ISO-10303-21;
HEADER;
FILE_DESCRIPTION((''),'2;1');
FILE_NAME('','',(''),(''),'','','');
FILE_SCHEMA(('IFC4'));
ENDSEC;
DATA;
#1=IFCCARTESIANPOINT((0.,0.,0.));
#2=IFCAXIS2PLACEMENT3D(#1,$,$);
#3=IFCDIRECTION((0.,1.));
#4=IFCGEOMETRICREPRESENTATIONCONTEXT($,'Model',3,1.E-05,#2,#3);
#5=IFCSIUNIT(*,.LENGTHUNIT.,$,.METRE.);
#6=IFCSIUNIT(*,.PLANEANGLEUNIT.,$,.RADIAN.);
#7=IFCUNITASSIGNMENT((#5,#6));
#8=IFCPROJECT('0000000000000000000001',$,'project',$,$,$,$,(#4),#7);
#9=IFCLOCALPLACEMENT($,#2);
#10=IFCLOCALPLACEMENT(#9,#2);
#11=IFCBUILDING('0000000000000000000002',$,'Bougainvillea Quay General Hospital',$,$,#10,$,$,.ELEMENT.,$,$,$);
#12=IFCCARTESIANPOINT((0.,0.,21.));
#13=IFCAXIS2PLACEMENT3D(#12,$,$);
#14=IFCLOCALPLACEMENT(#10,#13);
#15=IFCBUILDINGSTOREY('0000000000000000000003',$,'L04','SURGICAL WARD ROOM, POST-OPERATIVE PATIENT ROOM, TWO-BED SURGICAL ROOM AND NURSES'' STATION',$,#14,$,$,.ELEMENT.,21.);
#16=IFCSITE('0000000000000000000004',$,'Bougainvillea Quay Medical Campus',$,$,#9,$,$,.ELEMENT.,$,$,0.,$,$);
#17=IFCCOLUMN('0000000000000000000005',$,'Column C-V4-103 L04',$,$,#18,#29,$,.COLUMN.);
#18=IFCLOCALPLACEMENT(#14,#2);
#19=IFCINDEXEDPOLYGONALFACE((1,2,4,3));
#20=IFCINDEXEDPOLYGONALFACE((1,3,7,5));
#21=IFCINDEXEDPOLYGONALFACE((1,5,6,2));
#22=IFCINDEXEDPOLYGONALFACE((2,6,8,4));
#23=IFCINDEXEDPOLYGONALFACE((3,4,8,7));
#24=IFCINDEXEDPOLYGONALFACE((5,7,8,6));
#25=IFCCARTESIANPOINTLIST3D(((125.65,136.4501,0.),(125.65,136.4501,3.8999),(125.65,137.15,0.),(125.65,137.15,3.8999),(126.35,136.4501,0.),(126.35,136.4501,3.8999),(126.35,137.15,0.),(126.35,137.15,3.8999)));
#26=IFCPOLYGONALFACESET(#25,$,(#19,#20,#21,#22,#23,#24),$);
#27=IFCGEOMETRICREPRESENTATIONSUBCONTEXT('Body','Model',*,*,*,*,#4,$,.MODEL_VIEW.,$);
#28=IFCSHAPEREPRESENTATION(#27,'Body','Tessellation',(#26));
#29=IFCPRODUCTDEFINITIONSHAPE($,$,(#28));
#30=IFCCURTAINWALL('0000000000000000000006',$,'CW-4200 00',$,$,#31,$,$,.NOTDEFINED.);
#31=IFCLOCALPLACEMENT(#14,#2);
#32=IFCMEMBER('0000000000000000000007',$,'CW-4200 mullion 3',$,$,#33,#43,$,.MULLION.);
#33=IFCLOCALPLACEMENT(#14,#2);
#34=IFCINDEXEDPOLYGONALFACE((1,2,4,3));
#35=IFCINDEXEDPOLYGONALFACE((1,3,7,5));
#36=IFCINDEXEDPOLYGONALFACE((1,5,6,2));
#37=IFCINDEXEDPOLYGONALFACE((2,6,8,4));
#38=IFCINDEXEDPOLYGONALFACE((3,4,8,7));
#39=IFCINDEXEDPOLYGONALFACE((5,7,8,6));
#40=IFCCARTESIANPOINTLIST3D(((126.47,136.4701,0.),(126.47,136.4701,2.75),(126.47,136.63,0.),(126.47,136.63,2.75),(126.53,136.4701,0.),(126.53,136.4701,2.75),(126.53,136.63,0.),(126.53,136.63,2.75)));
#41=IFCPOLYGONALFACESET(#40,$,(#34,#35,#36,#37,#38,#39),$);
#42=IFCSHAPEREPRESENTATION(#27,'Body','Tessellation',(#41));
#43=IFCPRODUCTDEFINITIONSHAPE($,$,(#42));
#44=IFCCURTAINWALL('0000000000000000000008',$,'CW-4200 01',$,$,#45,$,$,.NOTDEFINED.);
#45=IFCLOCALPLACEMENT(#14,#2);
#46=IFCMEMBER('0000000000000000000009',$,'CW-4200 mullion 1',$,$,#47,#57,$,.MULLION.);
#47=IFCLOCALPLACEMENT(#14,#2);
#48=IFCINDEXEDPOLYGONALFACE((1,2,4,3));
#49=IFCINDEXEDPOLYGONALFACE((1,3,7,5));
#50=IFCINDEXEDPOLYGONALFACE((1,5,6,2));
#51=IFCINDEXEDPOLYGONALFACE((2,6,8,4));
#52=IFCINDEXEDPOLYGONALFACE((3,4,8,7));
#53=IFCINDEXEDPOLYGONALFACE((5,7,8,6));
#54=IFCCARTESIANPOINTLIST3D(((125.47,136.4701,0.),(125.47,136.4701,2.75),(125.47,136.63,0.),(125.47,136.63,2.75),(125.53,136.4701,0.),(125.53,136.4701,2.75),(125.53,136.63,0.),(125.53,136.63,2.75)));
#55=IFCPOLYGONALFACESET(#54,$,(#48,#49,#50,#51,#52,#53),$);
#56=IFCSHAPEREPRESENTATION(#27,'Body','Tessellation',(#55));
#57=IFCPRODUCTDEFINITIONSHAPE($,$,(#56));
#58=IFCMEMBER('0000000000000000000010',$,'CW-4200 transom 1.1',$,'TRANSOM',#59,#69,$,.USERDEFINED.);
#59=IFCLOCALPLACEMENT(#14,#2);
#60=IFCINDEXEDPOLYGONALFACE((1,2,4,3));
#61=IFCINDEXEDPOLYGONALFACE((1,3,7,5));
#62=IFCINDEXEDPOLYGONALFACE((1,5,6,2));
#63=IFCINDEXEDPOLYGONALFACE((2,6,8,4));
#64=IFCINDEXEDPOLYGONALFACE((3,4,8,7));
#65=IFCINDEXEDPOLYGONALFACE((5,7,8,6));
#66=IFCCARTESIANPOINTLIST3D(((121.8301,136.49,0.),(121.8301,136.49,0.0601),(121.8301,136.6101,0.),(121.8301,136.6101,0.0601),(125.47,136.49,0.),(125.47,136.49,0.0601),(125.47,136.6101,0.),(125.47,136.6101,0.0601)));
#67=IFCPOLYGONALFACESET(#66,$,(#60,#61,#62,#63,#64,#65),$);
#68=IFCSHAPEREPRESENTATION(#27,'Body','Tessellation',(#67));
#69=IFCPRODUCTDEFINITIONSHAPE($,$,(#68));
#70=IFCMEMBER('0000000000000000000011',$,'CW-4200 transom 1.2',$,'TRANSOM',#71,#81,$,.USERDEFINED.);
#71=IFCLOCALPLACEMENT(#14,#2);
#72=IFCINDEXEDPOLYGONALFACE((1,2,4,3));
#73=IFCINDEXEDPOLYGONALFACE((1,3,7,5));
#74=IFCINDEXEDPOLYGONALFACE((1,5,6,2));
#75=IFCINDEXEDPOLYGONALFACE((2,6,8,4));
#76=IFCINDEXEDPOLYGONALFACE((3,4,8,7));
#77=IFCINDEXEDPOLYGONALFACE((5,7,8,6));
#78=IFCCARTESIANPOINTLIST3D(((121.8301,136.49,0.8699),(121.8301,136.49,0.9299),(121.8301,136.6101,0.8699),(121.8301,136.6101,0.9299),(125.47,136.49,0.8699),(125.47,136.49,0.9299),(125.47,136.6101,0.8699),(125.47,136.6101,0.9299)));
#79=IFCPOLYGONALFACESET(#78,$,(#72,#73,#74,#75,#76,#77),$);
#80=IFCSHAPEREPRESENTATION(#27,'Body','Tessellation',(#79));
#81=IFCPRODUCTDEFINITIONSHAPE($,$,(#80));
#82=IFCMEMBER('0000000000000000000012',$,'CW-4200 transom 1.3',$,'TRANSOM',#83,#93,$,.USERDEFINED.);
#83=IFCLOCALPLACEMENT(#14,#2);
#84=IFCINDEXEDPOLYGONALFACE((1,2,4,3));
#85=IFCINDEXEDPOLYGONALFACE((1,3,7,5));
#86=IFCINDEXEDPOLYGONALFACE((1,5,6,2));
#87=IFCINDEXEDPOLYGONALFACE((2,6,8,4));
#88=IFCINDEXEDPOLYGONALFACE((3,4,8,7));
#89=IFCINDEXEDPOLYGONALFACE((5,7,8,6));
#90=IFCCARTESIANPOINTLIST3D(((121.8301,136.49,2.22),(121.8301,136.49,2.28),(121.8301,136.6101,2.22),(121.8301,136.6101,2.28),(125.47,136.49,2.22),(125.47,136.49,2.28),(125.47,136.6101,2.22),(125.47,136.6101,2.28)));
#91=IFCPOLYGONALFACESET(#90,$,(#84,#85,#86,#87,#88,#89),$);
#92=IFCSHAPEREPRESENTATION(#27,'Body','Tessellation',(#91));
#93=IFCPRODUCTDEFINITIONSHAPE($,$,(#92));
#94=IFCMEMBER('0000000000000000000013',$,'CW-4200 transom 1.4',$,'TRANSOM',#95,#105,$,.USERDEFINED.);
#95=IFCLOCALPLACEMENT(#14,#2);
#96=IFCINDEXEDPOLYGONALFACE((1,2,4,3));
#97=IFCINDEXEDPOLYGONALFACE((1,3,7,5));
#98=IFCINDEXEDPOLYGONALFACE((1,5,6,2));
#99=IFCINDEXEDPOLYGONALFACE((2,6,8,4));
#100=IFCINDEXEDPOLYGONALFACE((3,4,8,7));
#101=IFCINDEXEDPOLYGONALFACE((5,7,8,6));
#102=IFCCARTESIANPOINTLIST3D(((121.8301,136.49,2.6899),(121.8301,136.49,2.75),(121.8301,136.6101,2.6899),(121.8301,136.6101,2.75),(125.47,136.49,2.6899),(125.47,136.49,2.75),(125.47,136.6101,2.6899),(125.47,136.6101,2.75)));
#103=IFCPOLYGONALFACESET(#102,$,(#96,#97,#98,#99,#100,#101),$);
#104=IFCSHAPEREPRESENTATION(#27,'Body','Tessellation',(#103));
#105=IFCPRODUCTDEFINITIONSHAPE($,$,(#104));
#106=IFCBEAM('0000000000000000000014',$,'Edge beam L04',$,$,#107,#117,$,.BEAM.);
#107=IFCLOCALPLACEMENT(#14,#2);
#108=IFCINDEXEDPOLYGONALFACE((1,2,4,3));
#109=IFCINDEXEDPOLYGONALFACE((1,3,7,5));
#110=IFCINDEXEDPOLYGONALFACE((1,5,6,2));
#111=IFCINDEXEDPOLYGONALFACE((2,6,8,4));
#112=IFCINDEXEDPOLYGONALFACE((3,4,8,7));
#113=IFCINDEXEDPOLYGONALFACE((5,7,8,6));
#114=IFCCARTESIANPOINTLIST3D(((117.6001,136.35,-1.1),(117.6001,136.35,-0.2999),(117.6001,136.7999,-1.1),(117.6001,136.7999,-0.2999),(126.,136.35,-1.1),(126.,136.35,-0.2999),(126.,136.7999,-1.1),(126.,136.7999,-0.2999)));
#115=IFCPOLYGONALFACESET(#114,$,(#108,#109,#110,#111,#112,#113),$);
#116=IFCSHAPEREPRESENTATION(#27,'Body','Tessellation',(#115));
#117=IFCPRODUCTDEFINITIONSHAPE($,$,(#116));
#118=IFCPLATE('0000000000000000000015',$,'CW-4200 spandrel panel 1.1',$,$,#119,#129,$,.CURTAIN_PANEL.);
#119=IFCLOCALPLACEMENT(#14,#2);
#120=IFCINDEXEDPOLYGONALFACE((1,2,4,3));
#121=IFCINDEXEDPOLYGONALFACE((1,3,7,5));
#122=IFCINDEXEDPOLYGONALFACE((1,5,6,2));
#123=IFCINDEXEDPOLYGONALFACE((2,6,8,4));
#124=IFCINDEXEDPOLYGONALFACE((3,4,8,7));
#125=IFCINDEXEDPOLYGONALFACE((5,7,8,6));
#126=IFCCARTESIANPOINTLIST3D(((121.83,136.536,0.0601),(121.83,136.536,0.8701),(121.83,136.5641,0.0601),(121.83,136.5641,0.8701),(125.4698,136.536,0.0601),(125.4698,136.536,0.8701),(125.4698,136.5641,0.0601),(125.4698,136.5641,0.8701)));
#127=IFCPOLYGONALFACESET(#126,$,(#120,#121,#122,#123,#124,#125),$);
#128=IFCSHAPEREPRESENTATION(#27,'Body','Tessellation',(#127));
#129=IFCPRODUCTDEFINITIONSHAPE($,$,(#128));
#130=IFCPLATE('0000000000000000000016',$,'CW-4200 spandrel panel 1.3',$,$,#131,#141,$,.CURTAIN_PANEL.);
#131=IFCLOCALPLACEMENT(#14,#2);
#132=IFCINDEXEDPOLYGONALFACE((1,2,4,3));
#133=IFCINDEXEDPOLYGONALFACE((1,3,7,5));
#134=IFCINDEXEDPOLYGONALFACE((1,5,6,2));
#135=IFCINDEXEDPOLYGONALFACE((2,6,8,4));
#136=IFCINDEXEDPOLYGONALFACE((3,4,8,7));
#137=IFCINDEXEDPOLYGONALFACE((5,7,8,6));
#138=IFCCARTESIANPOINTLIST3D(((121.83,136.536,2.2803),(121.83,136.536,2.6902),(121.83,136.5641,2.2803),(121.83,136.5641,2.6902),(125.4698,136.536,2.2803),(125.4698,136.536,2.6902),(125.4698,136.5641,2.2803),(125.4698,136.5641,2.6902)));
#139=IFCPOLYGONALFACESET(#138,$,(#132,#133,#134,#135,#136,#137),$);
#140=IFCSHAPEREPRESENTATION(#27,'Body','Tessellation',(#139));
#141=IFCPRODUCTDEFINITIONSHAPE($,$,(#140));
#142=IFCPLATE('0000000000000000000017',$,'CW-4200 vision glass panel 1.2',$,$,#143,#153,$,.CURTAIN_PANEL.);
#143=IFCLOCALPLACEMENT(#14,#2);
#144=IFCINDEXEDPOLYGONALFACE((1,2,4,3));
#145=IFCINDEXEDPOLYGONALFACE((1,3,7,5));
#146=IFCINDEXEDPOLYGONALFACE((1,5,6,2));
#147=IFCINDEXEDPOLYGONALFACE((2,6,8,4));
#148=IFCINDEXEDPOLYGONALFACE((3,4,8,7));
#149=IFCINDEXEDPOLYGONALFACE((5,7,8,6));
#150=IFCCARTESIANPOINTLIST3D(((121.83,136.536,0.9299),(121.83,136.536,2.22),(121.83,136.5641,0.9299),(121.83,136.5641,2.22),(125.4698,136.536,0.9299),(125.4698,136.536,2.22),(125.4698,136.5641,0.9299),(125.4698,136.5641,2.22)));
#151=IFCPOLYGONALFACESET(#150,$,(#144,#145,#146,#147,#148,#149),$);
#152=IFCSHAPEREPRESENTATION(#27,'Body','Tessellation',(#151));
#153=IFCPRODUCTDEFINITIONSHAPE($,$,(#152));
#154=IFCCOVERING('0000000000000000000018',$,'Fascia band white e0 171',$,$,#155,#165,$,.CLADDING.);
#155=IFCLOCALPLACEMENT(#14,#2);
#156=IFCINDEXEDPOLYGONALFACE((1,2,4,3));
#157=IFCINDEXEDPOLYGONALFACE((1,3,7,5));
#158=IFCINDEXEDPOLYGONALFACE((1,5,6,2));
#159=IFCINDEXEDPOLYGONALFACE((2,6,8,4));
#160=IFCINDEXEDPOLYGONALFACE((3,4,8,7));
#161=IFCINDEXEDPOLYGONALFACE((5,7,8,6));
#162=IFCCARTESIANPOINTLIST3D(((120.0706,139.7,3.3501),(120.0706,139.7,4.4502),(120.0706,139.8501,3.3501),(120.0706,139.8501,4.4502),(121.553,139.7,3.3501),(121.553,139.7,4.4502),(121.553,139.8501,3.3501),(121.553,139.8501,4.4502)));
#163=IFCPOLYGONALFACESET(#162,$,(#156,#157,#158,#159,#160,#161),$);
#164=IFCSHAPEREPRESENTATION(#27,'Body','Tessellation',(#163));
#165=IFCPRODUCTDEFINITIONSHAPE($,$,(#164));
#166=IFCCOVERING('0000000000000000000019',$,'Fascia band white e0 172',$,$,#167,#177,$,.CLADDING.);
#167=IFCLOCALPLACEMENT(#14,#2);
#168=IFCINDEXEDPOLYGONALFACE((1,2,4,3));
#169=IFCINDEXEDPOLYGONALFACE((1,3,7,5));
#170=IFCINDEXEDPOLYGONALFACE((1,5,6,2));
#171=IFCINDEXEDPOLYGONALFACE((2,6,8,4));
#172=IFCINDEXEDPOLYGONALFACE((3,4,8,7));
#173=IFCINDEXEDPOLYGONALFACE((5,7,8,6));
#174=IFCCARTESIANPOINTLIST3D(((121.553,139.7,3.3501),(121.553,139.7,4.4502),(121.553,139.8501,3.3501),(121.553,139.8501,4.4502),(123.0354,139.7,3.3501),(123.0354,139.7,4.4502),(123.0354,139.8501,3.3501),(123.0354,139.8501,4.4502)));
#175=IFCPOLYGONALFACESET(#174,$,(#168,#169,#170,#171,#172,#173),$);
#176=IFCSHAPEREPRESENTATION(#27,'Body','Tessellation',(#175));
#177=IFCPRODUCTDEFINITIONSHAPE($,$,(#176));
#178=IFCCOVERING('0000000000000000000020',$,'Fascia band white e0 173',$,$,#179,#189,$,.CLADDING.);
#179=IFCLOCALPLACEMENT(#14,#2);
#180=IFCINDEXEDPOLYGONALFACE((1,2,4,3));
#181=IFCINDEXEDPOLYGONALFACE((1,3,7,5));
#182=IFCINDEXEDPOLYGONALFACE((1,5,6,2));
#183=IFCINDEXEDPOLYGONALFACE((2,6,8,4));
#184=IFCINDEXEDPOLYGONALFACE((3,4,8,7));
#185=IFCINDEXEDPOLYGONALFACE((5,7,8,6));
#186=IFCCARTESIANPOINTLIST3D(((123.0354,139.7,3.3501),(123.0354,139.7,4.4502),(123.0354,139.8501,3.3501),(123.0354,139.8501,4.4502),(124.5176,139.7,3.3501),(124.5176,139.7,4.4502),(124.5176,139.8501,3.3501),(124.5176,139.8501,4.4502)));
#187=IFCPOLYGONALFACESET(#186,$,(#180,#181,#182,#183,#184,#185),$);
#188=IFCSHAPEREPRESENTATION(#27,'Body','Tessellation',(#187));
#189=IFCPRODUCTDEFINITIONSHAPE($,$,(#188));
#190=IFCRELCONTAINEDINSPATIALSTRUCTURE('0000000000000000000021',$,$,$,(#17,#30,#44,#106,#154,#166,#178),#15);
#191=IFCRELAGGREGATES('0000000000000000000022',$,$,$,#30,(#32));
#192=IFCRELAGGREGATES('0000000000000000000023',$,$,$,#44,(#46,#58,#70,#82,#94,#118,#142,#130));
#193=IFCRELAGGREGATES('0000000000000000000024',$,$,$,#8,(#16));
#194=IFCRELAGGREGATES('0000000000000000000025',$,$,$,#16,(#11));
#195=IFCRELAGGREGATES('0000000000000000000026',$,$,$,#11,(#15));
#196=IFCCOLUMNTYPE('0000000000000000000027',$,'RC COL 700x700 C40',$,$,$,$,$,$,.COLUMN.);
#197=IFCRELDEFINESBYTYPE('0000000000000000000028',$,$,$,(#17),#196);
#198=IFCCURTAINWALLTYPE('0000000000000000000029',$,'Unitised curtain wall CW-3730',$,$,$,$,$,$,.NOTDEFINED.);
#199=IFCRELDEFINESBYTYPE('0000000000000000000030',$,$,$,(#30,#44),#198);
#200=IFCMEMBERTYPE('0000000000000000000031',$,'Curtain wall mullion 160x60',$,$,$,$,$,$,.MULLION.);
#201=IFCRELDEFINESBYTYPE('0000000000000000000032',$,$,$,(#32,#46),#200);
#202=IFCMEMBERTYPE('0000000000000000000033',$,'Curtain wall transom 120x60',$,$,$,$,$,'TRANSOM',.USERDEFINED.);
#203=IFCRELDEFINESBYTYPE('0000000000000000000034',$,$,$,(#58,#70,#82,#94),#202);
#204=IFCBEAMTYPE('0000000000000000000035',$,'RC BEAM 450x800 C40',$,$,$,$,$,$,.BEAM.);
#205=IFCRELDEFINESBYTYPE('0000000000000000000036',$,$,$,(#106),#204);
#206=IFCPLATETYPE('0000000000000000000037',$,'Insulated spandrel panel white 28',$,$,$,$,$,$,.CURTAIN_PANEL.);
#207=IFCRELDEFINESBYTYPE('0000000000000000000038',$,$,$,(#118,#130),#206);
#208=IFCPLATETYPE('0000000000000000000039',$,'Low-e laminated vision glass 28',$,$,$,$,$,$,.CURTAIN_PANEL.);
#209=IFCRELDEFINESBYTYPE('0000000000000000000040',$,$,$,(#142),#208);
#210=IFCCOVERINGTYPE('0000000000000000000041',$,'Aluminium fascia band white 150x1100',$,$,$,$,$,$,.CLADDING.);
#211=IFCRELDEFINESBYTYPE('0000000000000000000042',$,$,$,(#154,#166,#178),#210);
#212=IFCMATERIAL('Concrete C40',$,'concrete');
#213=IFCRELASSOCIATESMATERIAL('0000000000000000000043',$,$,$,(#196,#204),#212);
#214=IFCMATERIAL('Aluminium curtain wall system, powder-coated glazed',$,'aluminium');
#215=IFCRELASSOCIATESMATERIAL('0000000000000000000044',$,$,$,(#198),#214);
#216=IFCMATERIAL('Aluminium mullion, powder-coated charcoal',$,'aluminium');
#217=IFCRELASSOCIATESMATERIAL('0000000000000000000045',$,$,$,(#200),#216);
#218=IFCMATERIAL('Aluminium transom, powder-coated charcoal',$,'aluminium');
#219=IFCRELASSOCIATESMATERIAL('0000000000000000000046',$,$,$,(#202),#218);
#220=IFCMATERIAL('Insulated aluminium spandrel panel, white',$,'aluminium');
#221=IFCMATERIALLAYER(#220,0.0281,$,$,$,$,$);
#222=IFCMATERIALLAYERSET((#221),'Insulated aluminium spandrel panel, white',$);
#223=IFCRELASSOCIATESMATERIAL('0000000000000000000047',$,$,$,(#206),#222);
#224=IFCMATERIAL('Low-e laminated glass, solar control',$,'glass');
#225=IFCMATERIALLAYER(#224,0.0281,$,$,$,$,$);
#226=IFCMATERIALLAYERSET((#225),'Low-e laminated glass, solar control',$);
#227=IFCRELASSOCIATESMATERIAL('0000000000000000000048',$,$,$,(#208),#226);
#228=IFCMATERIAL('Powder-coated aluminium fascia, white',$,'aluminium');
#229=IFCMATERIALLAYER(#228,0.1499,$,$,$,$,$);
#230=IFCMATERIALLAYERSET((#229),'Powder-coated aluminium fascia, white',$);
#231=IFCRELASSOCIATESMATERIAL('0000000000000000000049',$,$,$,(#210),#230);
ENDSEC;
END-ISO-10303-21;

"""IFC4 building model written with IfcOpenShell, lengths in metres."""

from ifc_helpers import new_model, si_unit, direction, frame, origin, origin_2d, place, context, subcontext, project, spatial, polyline, rectangle, outline, extrude, material, layer, layer_set, material_profile, profile_set, type_object, element, aggregate, save


model = new_model("IFC4")

# Units and contexts
model_context = context("Model", 3, precision=1e-05, world=origin(), true_north=direction((0.0, 1.0)))
body_context = subcontext(model_context, "Body", "Model", "MODEL_VIEW")
ifc_project = project(units=[si_unit("LENGTHUNIT", "METRE"), si_unit("PLANEANGLEUNIT", "RADIAN")], contexts=[model_context])

# Site, building, storey
site_placement = place(None, origin())
site = spatial("IfcSite", under=ifc_project, at=site_placement, Name="Bougainvillea Quay Medical Campus", CompositionType="ELEMENT", RefElevation=0.0)
building_placement = place(site_placement, origin())
building = spatial("IfcBuilding", under=site, at=building_placement, Name="Bougainvillea Quay General Hospital", CompositionType="ELEMENT")
storey_placement = place(building_placement, frame((0.0, 0.0, 21.0)))
storey = spatial("IfcBuildingStorey", under=building, at=storey_placement, Name="L04", Description="SURGICAL WARD ROOM, POST-OPERATIVE PATIENT ROOM, TWO-BED SURGICAL ROOM AND NURSES' STATION", CompositionType="ELEMENT", Elevation=21.0)

# Column
ifc_material_1 = material(Name="Concrete C40", Category="concrete")
ifc_material_profile_1 = material_profile(ifc_material_1, rectangle(XDim=0.7, YDim=0.7, at=origin_2d()))
ifc_profile_set_1 = profile_set([ifc_material_profile_1], Name="Concrete C40")
column_type = type_object("IfcColumnType", Name="RC COL 700x700 C40", PredefinedType="COLUMN", material=ifc_profile_set_1)
column_placement = place(storey_placement, frame((126.0, 136.8, 0.0), z_axis=(0.0, 0.0, 1.0), x_axis=(1.0, 0.0, 0.0)))
element("IfcColumn", 1, at=column_placement, inside=storey, type_object=column_type, Name="Column C-V4-103 L04", PredefinedType="COLUMN", context=body_context, shape_type="SweptSolid", body=[
    extrude(rectangle(XDim=0.7, YDim=0.7, at=origin_2d()), origin(), (0.0, 0.0, 1.0), 3.8999),
])

# Curtain wall, member
ifc_material_2 = material(Name="Aluminium curtain wall system, powder-coated glazed", Category="aluminium")
curtain_wall_type = type_object("IfcCurtainWallType", Name="Unitised curtain wall CW-3730", PredefinedType="NOTDEFINED", material=ifc_material_2)
curtain_wall_1_placement = place(storey_placement, origin())
curtain_wall_1 = element("IfcCurtainWall", 2, at=curtain_wall_1_placement, inside=storey, type_object=curtain_wall_type, Name="CW-4200 00", PredefinedType="NOTDEFINED")
ifc_material_3 = material(Name="Aluminium mullion, powder-coated charcoal", Category="aluminium")
ifc_material_profile_2 = material_profile(ifc_material_3, rectangle(XDim=0.1599, YDim=0.0601, at=origin_2d()))
ifc_profile_set_2 = profile_set([ifc_material_profile_2], Name="Aluminium mullion, powder-coated charcoal")
member_type_1 = type_object("IfcMemberType", Name="Curtain wall mullion 160x60", PredefinedType="MULLION", material=ifc_profile_set_2)
member_1_placement = place(storey_placement, frame((126.5, 136.55, 0.0), z_axis=(0.0, 0.0, 1.0), x_axis=(0.0, -1.0, 0.0)))
member_1 = element("IfcMember", 3, at=member_1_placement, type_object=member_type_1, Name="CW-4200 mullion 3", PredefinedType="MULLION", context=body_context, shape_type="SweptSolid", body=[
    extrude(rectangle(XDim=0.1599, YDim=0.0601, at=origin_2d()), origin(), (0.0, 0.0, 1.0), 2.75),
])
aggregate(curtain_wall_1, [member_1])

# Curtain wall, members
curtain_wall_2_placement = place(storey_placement, origin())
curtain_wall_2 = element("IfcCurtainWall", 4, at=curtain_wall_2_placement, inside=storey, type_object=curtain_wall_type, Name="CW-4200 01", PredefinedType="NOTDEFINED")
member_2_placement = place(storey_placement, frame((125.5, 136.55, 0.0), z_axis=(0.0, 0.0, 1.0), x_axis=(0.0, -1.0, 0.0)))
member_2 = element("IfcMember", 5, at=member_2_placement, type_object=member_type_1, Name="CW-4200 mullion 1", PredefinedType="MULLION", context=body_context, shape_type="SweptSolid", body=[
    extrude(rectangle(XDim=0.1599, YDim=0.0601, at=origin_2d()), origin(), (0.0, 0.0, 1.0), 2.75),
])
ifc_material_4 = material(Name="Aluminium transom, powder-coated charcoal", Category="aluminium")
ifc_material_profile_3 = material_profile(ifc_material_4, rectangle(XDim=0.1201, YDim=0.0601, at=origin_2d()))
ifc_profile_set_3 = profile_set([ifc_material_profile_3], Name="Aluminium transom, powder-coated charcoal")
member_type_2 = type_object("IfcMemberType", Name="Curtain wall transom 120x60", ElementType="TRANSOM", PredefinedType="USERDEFINED", material=ifc_profile_set_3)
member_3_placement = place(storey_placement, frame((125.47, 136.55, 0.03), z_axis=(-1.0, 0.0, 0.0), x_axis=(0.0, -1.0, 0.0)))
member_3 = element("IfcMember", 6, at=member_3_placement, type_object=member_type_2, Name="CW-4200 transom 1.1", ObjectType="TRANSOM", PredefinedType="USERDEFINED", context=body_context, shape_type="SweptSolid", body=[
    extrude(rectangle(XDim=0.1201, YDim=0.0601, at=origin_2d()), origin(), (0.0, 0.0, 1.0), 3.6399),
])
member_4_placement = place(storey_placement, frame((125.47, 136.55, 0.8999), z_axis=(-1.0, 0.0, 0.0), x_axis=(0.0, -1.0, 0.0)))
member_4 = element("IfcMember", 7, at=member_4_placement, type_object=member_type_2, Name="CW-4200 transom 1.2", ObjectType="TRANSOM", PredefinedType="USERDEFINED", context=body_context, shape_type="SweptSolid", body=[
    extrude(rectangle(XDim=0.1201, YDim=0.0601, at=origin_2d()), origin(), (0.0, 0.0, 1.0), 3.6399),
])
member_5_placement = place(storey_placement, frame((125.47, 136.55, 2.25), z_axis=(-1.0, 0.0, 0.0), x_axis=(0.0, -1.0, 0.0)))
member_5 = element("IfcMember", 8, at=member_5_placement, type_object=member_type_2, Name="CW-4200 transom 1.3", ObjectType="TRANSOM", PredefinedType="USERDEFINED", context=body_context, shape_type="SweptSolid", body=[
    extrude(rectangle(XDim=0.1201, YDim=0.0601, at=origin_2d()), origin(), (0.0, 0.0, 1.0), 3.6399),
])
member_6_placement = place(storey_placement, frame((125.47, 136.55, 2.72), z_axis=(-1.0, 0.0, 0.0), x_axis=(0.0, -1.0, 0.0)))
member_6 = element("IfcMember", 9, at=member_6_placement, type_object=member_type_2, Name="CW-4200 transom 1.4", ObjectType="TRANSOM", PredefinedType="USERDEFINED", context=body_context, shape_type="SweptSolid", body=[
    extrude(rectangle(XDim=0.1201, YDim=0.0601, at=origin_2d()), origin(), (0.0, 0.0, 1.0), 3.6399),
])

# Beam
ifc_material_profile_4 = material_profile(ifc_material_1, rectangle(XDim=0.45, YDim=0.8, at=origin_2d()))
ifc_profile_set_4 = profile_set([ifc_material_profile_4], Name="Concrete C40")
beam_type = type_object("IfcBeamType", Name="RC BEAM 450x800 C40", PredefinedType="BEAM", material=ifc_profile_set_4)
beam_placement = place(storey_placement, frame((126.0, 136.575, -0.7), z_axis=(-1.0, 0.0, 0.0), x_axis=(0.0, -1.0, 0.0)))
element("IfcBeam", 10, at=beam_placement, inside=storey, type_object=beam_type, Name="Edge beam L04", PredefinedType="BEAM", context=body_context, shape_type="SweptSolid", body=[
    extrude(rectangle(XDim=0.45, YDim=0.8, at=origin_2d()), origin(), (0.0, 0.0, 1.0), 8.3999),
])

# Plates
ifc_material_5 = material(Name="Insulated aluminium spandrel panel, white", Category="aluminium")
ifc_layer_1 = layer(ifc_material_5, 0.0281)
ifc_layer_set_1 = layer_set([ifc_layer_1], Name="Insulated aluminium spandrel panel, white")
plate_type_1 = type_object("IfcPlateType", Name="Insulated spandrel panel white 28", PredefinedType="CURTAIN_PANEL", material=ifc_layer_set_1)
plate_1_placement = place(storey_placement, frame((123.6499, 136.55, 0.0601), z_axis=(0.0, 0.0, 1.0), x_axis=(-1.0, 0.0, 0.0)))
plate_1 = element("IfcPlate", 11, at=plate_1_placement, type_object=plate_type_1, Name="CW-4200 spandrel panel 1.1", PredefinedType="CURTAIN_PANEL", context=body_context, shape_type="SweptSolid", body=[
    extrude(rectangle(XDim=3.6399, YDim=0.0281, at=origin_2d()), origin(), (0.0, 0.0, 1.0), 0.8101),
])
plate_2_placement = place(storey_placement, frame((123.6499, 136.55, 2.2803), z_axis=(0.0, 0.0, 1.0), x_axis=(-1.0, 0.0, 0.0)))
plate_2 = element("IfcPlate", 12, at=plate_2_placement, type_object=plate_type_1, Name="CW-4200 spandrel panel 1.3", PredefinedType="CURTAIN_PANEL", context=body_context, shape_type="SweptSolid", body=[
    extrude(rectangle(XDim=3.6399, YDim=0.0281, at=origin_2d()), origin(), (0.0, 0.0, 1.0), 0.4099),
])
ifc_material_6 = material(Name="Low-e laminated glass, solar control", Category="glass")
ifc_layer_2 = layer(ifc_material_6, 0.0281)
ifc_layer_set_2 = layer_set([ifc_layer_2], Name="Low-e laminated glass, solar control")
plate_type_2 = type_object("IfcPlateType", Name="Low-e laminated vision glass 28", PredefinedType="CURTAIN_PANEL", material=ifc_layer_set_2)
plate_3_placement = place(storey_placement, frame((123.6499, 136.55, 0.9299), z_axis=(0.0, 0.0, 1.0), x_axis=(-1.0, 0.0, 0.0)))
plate_3 = element("IfcPlate", 13, at=plate_3_placement, type_object=plate_type_2, Name="CW-4200 vision glass panel 1.2", PredefinedType="CURTAIN_PANEL", context=body_context, shape_type="SweptSolid", body=[
    extrude(rectangle(XDim=3.6399, YDim=0.0281, at=origin_2d()), origin(), (0.0, 0.0, 1.0), 1.29),
])
aggregate(curtain_wall_2, [member_2, member_3, member_4, member_5, member_6, plate_1, plate_3, plate_2])

# Coverings
ifc_material_7 = material(Name="Powder-coated aluminium fascia, white", Category="aluminium")
ifc_layer_3 = layer(ifc_material_7, 0.1499)
ifc_layer_set_3 = layer_set([ifc_layer_3], Name="Powder-coated aluminium fascia, white")
covering_type = type_object("IfcCoveringType", Name="Aluminium fascia band white 150x1100", PredefinedType="CLADDING", material=ifc_layer_set_3)
for number, where, z_axis, x_axis, name in (
    (14, (120.0706, 139.8501, 3.3501), (0.0, 0.0, 1.0), (1.0, 0.0, 0.0), "Fascia band white e0 171"),
    (15, (121.553, 139.8501, 3.3501), (0.0, 0.0, 1.0), (1.0, 0.0, 0.0), "Fascia band white e0 172"),
):
    element("IfcCovering", number, at=place(storey_placement, frame(where, z_axis=z_axis, x_axis=x_axis)), inside=storey, type_object=covering_type, Name=name, PredefinedType="CLADDING", context=body_context, shape_type="SweptSolid", body=[
        extrude(outline(polyline([(0.0, 0.0), (1.4824, 0.0), (1.4824, -0.1501), (0.0, -0.1501), (0.0, 0.0)])), origin(), (0.0, 0.0, 1.0), 1.1001),
    ])
covering_1_placement = place(storey_placement, frame((123.0354, 139.8501, 3.3501), z_axis=(0.0, 0.0, 1.0), x_axis=(1.0, 0.0, 0.0)))
element("IfcCovering", 16, at=covering_1_placement, inside=storey, type_object=covering_type, Name="Fascia band white e0 173", PredefinedType="CLADDING", context=body_context, shape_type="SweptSolid", body=[
    extrude(outline(polyline([(0.0, 0.0), (1.4822, 0.0), (1.4822, -0.1501), (0.0, -0.1501), (0.0, 0.0)])), origin(), (0.0, 0.0, 1.0), 1.1001),
])

save(model, "model.ifc")
